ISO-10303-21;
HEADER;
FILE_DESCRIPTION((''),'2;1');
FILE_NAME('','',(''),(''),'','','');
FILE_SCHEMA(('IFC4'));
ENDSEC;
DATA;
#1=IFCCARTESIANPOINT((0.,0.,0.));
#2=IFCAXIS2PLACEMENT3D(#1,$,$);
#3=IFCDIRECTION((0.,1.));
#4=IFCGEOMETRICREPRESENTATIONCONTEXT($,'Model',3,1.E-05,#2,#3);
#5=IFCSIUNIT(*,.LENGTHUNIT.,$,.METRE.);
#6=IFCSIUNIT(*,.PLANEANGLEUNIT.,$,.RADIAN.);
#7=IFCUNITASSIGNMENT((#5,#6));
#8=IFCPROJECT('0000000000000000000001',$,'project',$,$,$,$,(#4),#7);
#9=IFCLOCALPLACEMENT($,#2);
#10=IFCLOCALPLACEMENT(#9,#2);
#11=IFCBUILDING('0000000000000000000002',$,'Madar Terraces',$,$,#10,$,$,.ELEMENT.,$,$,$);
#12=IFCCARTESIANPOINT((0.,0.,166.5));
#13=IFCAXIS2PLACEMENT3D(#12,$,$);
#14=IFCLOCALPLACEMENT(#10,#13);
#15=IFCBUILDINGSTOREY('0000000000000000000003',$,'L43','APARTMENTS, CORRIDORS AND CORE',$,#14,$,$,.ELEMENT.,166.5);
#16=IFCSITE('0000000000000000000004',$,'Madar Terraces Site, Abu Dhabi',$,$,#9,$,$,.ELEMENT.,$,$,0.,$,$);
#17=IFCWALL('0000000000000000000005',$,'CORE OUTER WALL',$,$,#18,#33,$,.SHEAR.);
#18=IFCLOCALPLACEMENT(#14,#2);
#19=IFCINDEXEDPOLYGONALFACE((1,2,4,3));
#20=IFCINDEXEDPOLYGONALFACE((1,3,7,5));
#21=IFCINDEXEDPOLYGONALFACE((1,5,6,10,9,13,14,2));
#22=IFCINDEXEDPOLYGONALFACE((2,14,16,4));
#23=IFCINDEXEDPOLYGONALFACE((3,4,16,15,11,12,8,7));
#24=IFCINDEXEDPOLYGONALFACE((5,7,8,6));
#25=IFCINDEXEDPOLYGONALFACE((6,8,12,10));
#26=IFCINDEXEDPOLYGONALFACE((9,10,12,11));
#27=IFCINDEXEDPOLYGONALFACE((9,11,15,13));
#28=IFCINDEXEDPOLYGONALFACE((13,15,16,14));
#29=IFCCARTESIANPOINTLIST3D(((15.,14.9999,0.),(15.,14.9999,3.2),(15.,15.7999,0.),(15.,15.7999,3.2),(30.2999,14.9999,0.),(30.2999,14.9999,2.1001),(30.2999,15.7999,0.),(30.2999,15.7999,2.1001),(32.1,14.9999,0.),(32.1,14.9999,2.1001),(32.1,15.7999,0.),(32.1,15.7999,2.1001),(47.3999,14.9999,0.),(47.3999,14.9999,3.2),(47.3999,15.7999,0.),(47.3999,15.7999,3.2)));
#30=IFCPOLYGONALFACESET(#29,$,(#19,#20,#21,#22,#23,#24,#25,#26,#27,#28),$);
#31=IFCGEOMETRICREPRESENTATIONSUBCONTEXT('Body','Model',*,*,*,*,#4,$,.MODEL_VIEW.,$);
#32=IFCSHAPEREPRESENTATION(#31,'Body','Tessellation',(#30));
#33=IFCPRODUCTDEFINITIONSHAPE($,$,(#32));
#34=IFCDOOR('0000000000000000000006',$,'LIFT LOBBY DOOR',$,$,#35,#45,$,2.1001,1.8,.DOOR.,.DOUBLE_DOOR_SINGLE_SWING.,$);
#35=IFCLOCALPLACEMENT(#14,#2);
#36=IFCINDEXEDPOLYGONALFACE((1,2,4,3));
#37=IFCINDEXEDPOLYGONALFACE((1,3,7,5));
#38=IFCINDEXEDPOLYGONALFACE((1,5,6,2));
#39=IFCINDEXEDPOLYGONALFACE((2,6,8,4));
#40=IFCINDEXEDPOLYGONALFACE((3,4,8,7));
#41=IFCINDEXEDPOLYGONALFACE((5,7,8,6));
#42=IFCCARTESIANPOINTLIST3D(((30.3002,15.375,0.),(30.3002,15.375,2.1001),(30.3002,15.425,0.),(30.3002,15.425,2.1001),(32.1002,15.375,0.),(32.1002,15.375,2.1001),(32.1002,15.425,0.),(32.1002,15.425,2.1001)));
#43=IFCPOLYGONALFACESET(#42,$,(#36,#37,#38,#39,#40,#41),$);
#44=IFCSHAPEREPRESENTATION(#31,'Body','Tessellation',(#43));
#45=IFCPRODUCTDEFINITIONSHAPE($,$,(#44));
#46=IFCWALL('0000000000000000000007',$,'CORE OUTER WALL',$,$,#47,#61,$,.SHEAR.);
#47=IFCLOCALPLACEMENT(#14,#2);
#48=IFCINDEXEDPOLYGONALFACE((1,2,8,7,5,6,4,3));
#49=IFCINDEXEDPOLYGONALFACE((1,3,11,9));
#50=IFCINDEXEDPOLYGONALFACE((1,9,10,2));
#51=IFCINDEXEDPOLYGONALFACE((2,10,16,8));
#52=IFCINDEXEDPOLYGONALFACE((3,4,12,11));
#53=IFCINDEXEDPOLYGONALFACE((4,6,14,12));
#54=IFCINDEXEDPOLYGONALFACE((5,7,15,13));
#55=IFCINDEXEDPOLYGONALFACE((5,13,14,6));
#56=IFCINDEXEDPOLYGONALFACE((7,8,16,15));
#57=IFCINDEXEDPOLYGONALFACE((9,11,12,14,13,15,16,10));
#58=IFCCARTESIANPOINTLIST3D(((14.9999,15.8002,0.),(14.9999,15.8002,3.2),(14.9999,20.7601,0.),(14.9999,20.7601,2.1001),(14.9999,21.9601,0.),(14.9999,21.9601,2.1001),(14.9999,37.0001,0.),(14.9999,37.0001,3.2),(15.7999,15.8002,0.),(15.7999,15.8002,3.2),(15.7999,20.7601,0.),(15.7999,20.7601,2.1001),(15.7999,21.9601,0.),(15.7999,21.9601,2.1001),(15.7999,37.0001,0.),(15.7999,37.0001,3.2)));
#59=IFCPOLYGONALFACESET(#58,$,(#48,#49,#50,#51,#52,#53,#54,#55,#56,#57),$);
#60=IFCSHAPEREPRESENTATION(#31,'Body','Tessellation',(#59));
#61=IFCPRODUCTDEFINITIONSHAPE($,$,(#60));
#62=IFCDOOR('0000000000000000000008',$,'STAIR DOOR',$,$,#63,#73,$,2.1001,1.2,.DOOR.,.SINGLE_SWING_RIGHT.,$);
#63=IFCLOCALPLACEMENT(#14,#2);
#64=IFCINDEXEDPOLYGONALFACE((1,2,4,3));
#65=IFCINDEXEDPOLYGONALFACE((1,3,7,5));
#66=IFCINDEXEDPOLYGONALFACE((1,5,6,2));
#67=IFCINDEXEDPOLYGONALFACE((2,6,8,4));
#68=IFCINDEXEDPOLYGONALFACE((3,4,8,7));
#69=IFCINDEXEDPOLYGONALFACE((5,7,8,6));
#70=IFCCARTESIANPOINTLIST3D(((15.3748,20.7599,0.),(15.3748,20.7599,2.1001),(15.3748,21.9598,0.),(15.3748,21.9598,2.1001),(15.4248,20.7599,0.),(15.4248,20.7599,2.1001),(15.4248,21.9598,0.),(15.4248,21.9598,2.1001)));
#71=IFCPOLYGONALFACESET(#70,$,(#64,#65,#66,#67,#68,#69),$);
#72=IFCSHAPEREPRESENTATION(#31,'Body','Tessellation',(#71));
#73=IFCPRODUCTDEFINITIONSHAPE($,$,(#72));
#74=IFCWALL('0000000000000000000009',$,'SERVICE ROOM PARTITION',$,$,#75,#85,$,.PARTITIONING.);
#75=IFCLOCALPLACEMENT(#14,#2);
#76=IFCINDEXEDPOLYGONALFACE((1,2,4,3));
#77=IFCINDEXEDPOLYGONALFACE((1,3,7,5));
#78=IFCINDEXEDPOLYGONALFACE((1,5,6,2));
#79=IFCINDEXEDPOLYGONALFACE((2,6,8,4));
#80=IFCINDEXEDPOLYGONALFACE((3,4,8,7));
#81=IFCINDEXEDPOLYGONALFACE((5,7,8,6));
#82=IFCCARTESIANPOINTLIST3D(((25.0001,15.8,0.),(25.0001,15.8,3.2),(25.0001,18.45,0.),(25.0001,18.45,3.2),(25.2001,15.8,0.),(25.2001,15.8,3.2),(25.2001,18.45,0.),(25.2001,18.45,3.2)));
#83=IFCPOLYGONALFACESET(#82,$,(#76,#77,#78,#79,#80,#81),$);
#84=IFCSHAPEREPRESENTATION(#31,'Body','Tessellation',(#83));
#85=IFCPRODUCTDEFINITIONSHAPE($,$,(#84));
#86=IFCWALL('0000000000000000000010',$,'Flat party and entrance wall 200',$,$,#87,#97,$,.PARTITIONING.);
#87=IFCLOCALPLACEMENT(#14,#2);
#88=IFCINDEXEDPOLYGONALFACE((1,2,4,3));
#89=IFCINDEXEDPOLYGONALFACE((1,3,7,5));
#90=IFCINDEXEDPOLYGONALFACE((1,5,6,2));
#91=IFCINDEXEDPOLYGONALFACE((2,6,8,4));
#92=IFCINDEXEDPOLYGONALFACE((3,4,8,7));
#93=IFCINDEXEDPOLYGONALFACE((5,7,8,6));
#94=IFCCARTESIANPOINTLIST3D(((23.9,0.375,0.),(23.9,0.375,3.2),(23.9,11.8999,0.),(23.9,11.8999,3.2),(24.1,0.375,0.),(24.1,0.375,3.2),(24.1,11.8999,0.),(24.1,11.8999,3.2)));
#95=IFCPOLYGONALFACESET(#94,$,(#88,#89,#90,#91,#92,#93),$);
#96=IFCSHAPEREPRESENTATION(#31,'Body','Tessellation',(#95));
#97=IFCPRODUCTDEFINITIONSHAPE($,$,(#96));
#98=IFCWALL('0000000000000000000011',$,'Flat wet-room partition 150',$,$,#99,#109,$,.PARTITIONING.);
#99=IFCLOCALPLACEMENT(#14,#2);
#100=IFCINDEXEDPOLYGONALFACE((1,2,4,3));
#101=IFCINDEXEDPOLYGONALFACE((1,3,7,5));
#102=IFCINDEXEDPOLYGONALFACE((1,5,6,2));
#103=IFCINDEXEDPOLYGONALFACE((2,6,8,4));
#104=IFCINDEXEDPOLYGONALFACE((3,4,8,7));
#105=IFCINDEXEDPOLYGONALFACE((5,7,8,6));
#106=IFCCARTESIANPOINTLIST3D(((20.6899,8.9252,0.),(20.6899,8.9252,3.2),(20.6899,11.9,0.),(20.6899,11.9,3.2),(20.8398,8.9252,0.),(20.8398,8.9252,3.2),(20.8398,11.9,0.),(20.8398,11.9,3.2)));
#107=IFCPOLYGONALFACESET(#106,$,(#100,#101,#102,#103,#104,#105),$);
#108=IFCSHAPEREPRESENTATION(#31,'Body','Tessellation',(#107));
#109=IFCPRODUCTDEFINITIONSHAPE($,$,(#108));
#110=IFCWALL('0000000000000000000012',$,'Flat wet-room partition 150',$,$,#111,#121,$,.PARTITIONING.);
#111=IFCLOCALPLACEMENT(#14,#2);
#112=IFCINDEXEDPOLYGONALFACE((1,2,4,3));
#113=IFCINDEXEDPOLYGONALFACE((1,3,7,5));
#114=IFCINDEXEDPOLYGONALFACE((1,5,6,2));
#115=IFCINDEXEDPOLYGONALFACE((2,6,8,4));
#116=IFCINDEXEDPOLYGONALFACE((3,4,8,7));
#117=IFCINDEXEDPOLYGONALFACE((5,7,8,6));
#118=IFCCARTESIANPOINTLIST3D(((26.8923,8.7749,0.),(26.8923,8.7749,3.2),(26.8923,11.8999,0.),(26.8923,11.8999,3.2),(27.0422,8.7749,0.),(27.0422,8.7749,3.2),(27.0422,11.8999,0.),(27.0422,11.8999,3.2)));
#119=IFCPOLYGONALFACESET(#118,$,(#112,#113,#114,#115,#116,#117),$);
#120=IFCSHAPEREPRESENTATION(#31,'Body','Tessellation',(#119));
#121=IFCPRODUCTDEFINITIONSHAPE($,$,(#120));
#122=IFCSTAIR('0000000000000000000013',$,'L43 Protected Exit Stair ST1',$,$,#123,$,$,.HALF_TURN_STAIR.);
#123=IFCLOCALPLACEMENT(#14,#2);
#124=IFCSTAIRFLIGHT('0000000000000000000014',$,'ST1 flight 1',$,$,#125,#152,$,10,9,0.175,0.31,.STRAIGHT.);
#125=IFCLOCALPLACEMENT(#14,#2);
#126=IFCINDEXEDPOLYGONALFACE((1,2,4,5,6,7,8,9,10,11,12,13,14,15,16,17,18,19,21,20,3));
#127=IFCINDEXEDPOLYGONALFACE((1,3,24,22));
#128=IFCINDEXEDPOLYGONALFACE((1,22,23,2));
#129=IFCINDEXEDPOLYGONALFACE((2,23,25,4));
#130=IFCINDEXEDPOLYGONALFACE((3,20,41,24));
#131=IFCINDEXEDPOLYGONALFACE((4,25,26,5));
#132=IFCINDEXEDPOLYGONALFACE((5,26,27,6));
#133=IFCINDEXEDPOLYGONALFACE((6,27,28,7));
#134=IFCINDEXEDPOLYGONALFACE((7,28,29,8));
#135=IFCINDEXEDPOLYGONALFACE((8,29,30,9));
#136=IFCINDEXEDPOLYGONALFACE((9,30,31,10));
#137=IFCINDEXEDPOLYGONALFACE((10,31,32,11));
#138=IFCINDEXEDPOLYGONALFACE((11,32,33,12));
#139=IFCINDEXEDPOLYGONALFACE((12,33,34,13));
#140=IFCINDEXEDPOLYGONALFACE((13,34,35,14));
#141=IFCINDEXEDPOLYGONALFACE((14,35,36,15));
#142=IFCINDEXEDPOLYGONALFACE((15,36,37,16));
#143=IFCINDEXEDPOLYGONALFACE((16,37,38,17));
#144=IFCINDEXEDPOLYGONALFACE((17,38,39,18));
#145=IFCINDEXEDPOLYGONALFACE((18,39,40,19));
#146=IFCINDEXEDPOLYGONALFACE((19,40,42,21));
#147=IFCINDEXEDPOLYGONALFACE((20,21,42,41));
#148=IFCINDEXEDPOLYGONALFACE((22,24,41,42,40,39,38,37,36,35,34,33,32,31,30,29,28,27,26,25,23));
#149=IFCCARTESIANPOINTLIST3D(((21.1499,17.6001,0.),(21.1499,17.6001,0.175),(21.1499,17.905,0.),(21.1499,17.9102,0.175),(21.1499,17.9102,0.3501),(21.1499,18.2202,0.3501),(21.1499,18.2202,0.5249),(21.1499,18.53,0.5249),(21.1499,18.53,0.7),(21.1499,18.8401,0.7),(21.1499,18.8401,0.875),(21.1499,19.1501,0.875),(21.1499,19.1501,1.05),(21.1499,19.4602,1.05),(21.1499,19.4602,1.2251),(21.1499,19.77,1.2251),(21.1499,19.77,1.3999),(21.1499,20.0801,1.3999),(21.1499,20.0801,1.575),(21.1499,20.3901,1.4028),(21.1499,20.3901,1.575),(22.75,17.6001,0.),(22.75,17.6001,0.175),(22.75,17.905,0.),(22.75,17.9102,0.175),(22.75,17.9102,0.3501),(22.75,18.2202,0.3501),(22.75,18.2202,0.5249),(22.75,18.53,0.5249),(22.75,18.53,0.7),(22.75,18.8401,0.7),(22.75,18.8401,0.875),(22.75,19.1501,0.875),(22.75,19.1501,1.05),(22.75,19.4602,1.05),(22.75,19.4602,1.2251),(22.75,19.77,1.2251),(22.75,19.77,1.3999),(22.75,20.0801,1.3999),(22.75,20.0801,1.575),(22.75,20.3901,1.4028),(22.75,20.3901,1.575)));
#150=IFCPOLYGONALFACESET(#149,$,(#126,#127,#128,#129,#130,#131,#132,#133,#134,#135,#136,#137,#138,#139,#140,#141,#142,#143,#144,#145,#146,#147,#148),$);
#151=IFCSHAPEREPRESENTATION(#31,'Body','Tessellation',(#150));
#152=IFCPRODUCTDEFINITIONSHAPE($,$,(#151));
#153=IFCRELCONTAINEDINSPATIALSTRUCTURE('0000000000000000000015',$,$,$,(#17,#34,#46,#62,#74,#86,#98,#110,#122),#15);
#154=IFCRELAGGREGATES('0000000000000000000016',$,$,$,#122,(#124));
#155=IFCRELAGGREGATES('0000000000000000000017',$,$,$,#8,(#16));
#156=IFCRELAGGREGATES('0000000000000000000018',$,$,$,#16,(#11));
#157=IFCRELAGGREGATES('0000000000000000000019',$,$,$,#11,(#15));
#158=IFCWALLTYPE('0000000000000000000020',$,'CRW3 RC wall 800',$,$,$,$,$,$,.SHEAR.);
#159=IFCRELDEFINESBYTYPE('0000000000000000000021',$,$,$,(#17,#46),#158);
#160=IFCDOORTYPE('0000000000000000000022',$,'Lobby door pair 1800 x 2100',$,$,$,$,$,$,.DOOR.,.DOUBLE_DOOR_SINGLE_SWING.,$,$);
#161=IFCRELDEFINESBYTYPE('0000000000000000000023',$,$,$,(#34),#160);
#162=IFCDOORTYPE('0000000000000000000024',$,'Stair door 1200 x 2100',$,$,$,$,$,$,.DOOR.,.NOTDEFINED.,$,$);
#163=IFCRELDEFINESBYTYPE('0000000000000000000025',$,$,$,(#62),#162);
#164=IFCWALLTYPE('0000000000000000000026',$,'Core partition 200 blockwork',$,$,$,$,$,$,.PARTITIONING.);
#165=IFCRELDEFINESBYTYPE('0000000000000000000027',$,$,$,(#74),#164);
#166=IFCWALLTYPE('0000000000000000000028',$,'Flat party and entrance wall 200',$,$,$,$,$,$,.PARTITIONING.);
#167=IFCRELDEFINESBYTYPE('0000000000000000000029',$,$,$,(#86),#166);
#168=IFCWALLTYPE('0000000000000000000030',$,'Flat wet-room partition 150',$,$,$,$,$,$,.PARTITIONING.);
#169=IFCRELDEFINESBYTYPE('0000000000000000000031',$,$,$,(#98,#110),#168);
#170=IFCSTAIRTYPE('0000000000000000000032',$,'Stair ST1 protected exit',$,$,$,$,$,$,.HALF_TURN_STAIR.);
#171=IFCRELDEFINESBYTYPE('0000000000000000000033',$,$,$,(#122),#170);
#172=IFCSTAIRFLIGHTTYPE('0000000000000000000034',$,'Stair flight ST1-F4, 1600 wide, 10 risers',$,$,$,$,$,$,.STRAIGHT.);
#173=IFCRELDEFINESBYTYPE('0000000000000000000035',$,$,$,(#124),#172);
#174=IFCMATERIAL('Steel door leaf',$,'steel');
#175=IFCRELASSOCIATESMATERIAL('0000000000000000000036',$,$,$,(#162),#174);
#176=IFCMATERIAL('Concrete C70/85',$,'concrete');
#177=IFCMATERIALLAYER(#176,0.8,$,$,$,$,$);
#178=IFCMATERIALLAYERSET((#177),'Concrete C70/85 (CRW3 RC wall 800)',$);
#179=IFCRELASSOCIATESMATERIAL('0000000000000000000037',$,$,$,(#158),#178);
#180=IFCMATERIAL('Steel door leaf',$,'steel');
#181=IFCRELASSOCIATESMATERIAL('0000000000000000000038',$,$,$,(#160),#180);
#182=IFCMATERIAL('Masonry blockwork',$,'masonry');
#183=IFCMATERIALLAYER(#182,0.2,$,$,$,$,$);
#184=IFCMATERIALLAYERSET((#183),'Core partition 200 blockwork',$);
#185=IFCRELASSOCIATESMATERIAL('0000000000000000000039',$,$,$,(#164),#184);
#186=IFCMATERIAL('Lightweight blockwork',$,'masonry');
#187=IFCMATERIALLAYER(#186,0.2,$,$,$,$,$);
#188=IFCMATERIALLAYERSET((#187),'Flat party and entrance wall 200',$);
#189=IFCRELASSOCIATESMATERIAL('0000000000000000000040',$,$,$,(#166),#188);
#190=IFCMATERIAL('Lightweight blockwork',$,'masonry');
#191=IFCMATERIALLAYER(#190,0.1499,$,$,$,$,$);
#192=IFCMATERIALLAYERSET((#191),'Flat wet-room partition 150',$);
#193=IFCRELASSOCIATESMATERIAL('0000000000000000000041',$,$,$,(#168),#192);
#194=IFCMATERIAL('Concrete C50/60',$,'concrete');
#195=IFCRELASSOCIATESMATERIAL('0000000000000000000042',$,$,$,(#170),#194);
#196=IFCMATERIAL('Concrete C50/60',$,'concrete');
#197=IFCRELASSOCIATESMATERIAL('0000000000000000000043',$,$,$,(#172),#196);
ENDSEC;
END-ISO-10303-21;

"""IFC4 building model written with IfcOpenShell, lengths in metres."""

from ifc_helpers import new_model, si_unit, direction, frame, frame_2d, origin, place, context, subcontext, project, spatial, polyline, rectangle, outline, extrude, material, layer, layer_set, type_object, element, fill, aggregate, save


model = new_model("IFC4")

# Units and contexts
model_context = context("Model", 3, precision=1e-05, world=origin(), true_north=direction((0.0, 1.0)))
body_context = subcontext(model_context, "Body", "Model", "MODEL_VIEW")
ifc_project = project(units=[si_unit("LENGTHUNIT", "METRE"), si_unit("PLANEANGLEUNIT", "RADIAN")], contexts=[model_context])

# Site, building, storey
site_placement = place(None, origin())
site = spatial("IfcSite", under=ifc_project, at=site_placement, Name="Madar Terraces Site, Abu Dhabi", CompositionType="ELEMENT", RefElevation=0.0)
building_placement = place(site_placement, origin())
building = spatial("IfcBuilding", under=site, at=building_placement, Name="Madar Terraces", CompositionType="ELEMENT")
storey_placement = place(building_placement, frame((0.0, 0.0, 166.5)))
storey = spatial("IfcBuildingStorey", under=building, at=storey_placement, Name="L43", Description="APARTMENTS, CORRIDORS AND CORE", CompositionType="ELEMENT", Elevation=166.5)

# Shared definitions
ifc_material_1 = material(Name="Steel door leaf", Category="steel")
door_type_1 = type_object("IfcDoorType", Name="Stair door 1200 x 2100", OperationType="NOTDEFINED", PredefinedType="DOOR", material=ifc_material_1)

# Walls, openings, doors
ifc_material_2 = material(Name="Concrete C70/85", Category="concrete")
ifc_layer_1 = layer(ifc_material_2, 0.8)
ifc_layer_set_1 = layer_set([ifc_layer_1], Name="Concrete C70/85 (CRW3 RC wall 800)")
wall_type_1 = type_object("IfcWallType", Name="CRW3 RC wall 800", PredefinedType="SHEAR", material=ifc_layer_set_1)
wall_1_placement = place(storey_placement, frame((15.0, 15.3999, 0.0), z_axis=(0.0, 0.0, 1.0), x_axis=(1.0, 0.0, 0.0)))
wall_1 = element("IfcWall", 1, at=wall_1_placement, inside=storey, type_object=wall_type_1, Name="CORE OUTER WALL", PredefinedType="SHEAR", context=body_context, shape_type="SweptSolid", body=[
    extrude(rectangle(XDim=32.3999, YDim=0.8, at=frame_2d((16.2, 0.0))), origin(), (0.0, 0.0, 1.0), 3.2),
])
opening_1_placement = place(wall_1_placement, frame((15.3, 0.0, 0.0)))
opening_1 = element("IfcOpeningElement", 2, at=opening_1_placement, cuts=wall_1, PredefinedType="OPENING", context=body_context, shape_type="SweptSolid", body=[
    extrude(rectangle(XDim=1.8, YDim=2.1001, at=frame_2d((0.8999, 1.05))), frame((0.0, 0.4099, 0.0), z_axis=(0.0, -1.0, 0.0), x_axis=(1.0, 0.0, 0.0)), (0.0, 0.0, 1.0), 0.8201),
])
ifc_material_3 = material(Name="Steel door leaf", Category="steel")
door_type_2 = type_object("IfcDoorType", Name="Lobby door pair 1800 x 2100", OperationType="DOUBLE_DOOR_SINGLE_SWING", PredefinedType="DOOR", material=ifc_material_3)
door_1_placement = place(opening_1_placement, frame((1.8, 0.0, 0.0), z_axis=(0.0, 0.0, 1.0), x_axis=(-1.0, 0.0, 0.0)))
door_1 = element("IfcDoor", 3, at=door_1_placement, inside=storey, type_object=door_type_2, Name="LIFT LOBBY DOOR", OperationType="DOUBLE_DOOR_SINGLE_SWING", OverallHeight=2.1001, OverallWidth=1.8, PredefinedType="DOOR", context=body_context, shape_type="SweptSolid", body=[
    extrude(rectangle(XDim=1.8, YDim=2.1001, at=frame_2d((0.8999, 1.05))), frame((0.0, 0.0249, 0.0), z_axis=(0.0, -1.0, 0.0), x_axis=(1.0, 0.0, 0.0)), (0.0, 0.0, 1.0), 0.05),
])
fill(opening_1, door_1)
wall_2_placement = place(storey_placement, frame((15.3999, 15.8, 0.0), z_axis=(0.0, 0.0, 1.0), x_axis=(0.0, 1.0, 0.0)))
wall_2 = element("IfcWall", 4, at=wall_2_placement, inside=storey, type_object=wall_type_1, Name="CORE OUTER WALL", PredefinedType="SHEAR", context=body_context, shape_type="SweptSolid", body=[
    extrude(rectangle(XDim=21.2, YDim=0.8, at=frame_2d((10.6001, 0.0))), origin(), (0.0, 0.0, 1.0), 3.2),
])
opening_2_placement = place(wall_2_placement, frame((4.96, 0.0, 0.0)))
opening_2 = element("IfcOpeningElement", 5, at=opening_2_placement, cuts=wall_2, PredefinedType="OPENING", context=body_context, shape_type="SweptSolid", body=[
    extrude(rectangle(XDim=1.2, YDim=2.1001, at=frame_2d((0.6001, 1.05))), frame((0.0, 0.4099, 0.0), z_axis=(0.0, -1.0, 0.0), x_axis=(1.0, 0.0, 0.0)), (0.0, 0.0, 1.0), 0.8201),
])
door_2_placement = place(opening_2_placement, frame((1.2, 0.0, 0.0), z_axis=(0.0, 0.0, 1.0), x_axis=(-1.0, 0.0, 0.0)))
door_2 = element("IfcDoor", 6, at=door_2_placement, inside=storey, type_object=door_type_1, Name="STAIR DOOR", OperationType="SINGLE_SWING_RIGHT", OverallHeight=2.1001, OverallWidth=1.2, PredefinedType="DOOR", context=body_context, shape_type="SweptSolid", body=[
    extrude(rectangle(XDim=1.2, YDim=2.1001, at=frame_2d((0.6001, 1.05))), frame((0.0, 0.0249, 0.0), z_axis=(0.0, -1.0, 0.0), x_axis=(1.0, 0.0, 0.0)), (0.0, 0.0, 1.0), 0.05),
])
fill(opening_2, door_2)

# Walls
ifc_material_4 = material(Name="Masonry blockwork", Category="masonry")
ifc_layer_2 = layer(ifc_material_4, 0.2)
ifc_layer_set_2 = layer_set([ifc_layer_2], Name="Core partition 200 blockwork")
wall_type_2 = type_object("IfcWallType", Name="Core partition 200 blockwork", PredefinedType="PARTITIONING", material=ifc_layer_set_2)
wall_3_placement = place(storey_placement, frame((25.1001, 15.8, 0.0), z_axis=(0.0, 0.0, 1.0), x_axis=(0.0, 1.0, 0.0)))
element("IfcWall", 7, at=wall_3_placement, inside=storey, type_object=wall_type_2, Name="SERVICE ROOM PARTITION", PredefinedType="PARTITIONING", context=body_context, shape_type="SweptSolid", body=[
    extrude(rectangle(XDim=2.6499, YDim=0.2, at=frame_2d((1.325, 0.0))), origin(), (0.0, 0.0, 1.0), 3.2),
])
ifc_material_5 = material(Name="Lightweight blockwork", Category="masonry")
ifc_layer_3 = layer(ifc_material_5, 0.2)
ifc_layer_set_3 = layer_set([ifc_layer_3], Name="Flat party and entrance wall 200")
wall_type_3 = type_object("IfcWallType", Name="Flat party and entrance wall 200", PredefinedType="PARTITIONING", material=ifc_layer_set_3)
wall_4_placement = place(storey_placement, frame((24.0, 11.8999, 0.0), z_axis=(0.0, 0.0, 1.0), x_axis=(0.0, -1.0, 0.0)))
element("IfcWall", 8, at=wall_4_placement, inside=storey, type_object=wall_type_3, Name="Flat party and entrance wall 200", PredefinedType="PARTITIONING", context=body_context, shape_type="SweptSolid", body=[
    extrude(rectangle(XDim=11.5249, YDim=0.2, at=frame_2d((5.7625, 0.0))), origin(), (0.0, 0.0, 1.0), 3.2),
])
ifc_material_6 = material(Name="Lightweight blockwork", Category="masonry")
ifc_layer_4 = layer(ifc_material_6, 0.1499)
ifc_layer_set_4 = layer_set([ifc_layer_4], Name="Flat wet-room partition 150")
wall_type_4 = type_object("IfcWallType", Name="Flat wet-room partition 150", PredefinedType="PARTITIONING", material=ifc_layer_set_4)
wall_5_placement = place(storey_placement, frame((20.7649, 11.8999, 0.0), z_axis=(0.0, 0.0, 1.0), x_axis=(0.0, -1.0, 0.0)))
element("IfcWall", 9, at=wall_5_placement, inside=storey, type_object=wall_type_4, Name="Flat wet-room partition 150", PredefinedType="PARTITIONING", context=body_context, shape_type="SweptSolid", body=[
    extrude(rectangle(XDim=2.9749, YDim=0.1499, at=frame_2d((1.4873, 0.0))), origin(), (0.0, 0.0, 1.0), 3.2),
])
wall_6_placement = place(storey_placement, frame((26.9673, 11.8999, 0.0), z_axis=(0.0, 0.0, 1.0), x_axis=(0.0, -1.0, 0.0)))
element("IfcWall", 10, at=wall_6_placement, inside=storey, type_object=wall_type_4, Name="Flat wet-room partition 150", PredefinedType="PARTITIONING", context=body_context, shape_type="SweptSolid", body=[
    extrude(rectangle(XDim=3.125, YDim=0.1499, at=frame_2d((1.5625, 0.0))), origin(), (0.0, 0.0, 1.0), 3.2),
])

# Stair, stair flight
ifc_material_7 = material(Name="Concrete C50/60", Category="concrete")
stair_type = type_object("IfcStairType", Name="Stair ST1 protected exit", PredefinedType="HALF_TURN_STAIR", material=ifc_material_7)
stair_placement = place(storey_placement, origin())
stair = element("IfcStair", 11, at=stair_placement, inside=storey, type_object=stair_type, Name="L43 Protected Exit Stair ST1", PredefinedType="HALF_TURN_STAIR")
ifc_material_8 = material(Name="Concrete C50/60", Category="concrete")
stair_flight_type = type_object("IfcStairFlightType", Name="Stair flight ST1-F4, 1600 wide, 10 risers", PredefinedType="STRAIGHT", material=ifc_material_8)
stair_flight_1_placement = place(storey_placement, frame((21.95, 17.6001, 0.0), z_axis=(0.0, 0.0, 1.0), x_axis=(0.0, 1.0, 0.0)))
stair_flight_1 = element("IfcStairFlight", 12, at=stair_flight_1_placement, type_object=stair_flight_type, Name="ST1 flight 1", NumberOfRisers=10, NumberOfTreads=9, PredefinedType="STRAIGHT", RiserHeight=0.175, TreadLength=0.31, context=body_context, shape_type="SweptSolid", body=[
    extrude(outline(polyline([(0.0, 0.0), (0.0, 0.175), (0.3101, 0.175), (0.3101, 0.3501), (0.6201, 0.3501), (0.6201, 0.5249), (0.9299, 0.5249), (0.9299, 0.7), (1.24, 0.7), (1.24, 0.875), (1.55, 0.875), (1.55, 1.05), (1.8601, 1.05), (1.8601, 1.2251), (2.1699, 1.2251), (2.1699, 1.3999), (2.48, 1.3999), (2.48, 1.575), (2.79, 1.575), (2.79, 1.75), (2.79, 1.4028), (0.3049, 0.0), (0.0, 0.0)])), frame((0.0, 0.8, 0.0), z_axis=(0.0, -1.0, 0.0), x_axis=(1.0, 0.0, 0.0)), (0.0, 0.0, 1.0), 1.6001),
])
aggregate(stair, [stair_flight_1])

save(model, "model.ifc")
